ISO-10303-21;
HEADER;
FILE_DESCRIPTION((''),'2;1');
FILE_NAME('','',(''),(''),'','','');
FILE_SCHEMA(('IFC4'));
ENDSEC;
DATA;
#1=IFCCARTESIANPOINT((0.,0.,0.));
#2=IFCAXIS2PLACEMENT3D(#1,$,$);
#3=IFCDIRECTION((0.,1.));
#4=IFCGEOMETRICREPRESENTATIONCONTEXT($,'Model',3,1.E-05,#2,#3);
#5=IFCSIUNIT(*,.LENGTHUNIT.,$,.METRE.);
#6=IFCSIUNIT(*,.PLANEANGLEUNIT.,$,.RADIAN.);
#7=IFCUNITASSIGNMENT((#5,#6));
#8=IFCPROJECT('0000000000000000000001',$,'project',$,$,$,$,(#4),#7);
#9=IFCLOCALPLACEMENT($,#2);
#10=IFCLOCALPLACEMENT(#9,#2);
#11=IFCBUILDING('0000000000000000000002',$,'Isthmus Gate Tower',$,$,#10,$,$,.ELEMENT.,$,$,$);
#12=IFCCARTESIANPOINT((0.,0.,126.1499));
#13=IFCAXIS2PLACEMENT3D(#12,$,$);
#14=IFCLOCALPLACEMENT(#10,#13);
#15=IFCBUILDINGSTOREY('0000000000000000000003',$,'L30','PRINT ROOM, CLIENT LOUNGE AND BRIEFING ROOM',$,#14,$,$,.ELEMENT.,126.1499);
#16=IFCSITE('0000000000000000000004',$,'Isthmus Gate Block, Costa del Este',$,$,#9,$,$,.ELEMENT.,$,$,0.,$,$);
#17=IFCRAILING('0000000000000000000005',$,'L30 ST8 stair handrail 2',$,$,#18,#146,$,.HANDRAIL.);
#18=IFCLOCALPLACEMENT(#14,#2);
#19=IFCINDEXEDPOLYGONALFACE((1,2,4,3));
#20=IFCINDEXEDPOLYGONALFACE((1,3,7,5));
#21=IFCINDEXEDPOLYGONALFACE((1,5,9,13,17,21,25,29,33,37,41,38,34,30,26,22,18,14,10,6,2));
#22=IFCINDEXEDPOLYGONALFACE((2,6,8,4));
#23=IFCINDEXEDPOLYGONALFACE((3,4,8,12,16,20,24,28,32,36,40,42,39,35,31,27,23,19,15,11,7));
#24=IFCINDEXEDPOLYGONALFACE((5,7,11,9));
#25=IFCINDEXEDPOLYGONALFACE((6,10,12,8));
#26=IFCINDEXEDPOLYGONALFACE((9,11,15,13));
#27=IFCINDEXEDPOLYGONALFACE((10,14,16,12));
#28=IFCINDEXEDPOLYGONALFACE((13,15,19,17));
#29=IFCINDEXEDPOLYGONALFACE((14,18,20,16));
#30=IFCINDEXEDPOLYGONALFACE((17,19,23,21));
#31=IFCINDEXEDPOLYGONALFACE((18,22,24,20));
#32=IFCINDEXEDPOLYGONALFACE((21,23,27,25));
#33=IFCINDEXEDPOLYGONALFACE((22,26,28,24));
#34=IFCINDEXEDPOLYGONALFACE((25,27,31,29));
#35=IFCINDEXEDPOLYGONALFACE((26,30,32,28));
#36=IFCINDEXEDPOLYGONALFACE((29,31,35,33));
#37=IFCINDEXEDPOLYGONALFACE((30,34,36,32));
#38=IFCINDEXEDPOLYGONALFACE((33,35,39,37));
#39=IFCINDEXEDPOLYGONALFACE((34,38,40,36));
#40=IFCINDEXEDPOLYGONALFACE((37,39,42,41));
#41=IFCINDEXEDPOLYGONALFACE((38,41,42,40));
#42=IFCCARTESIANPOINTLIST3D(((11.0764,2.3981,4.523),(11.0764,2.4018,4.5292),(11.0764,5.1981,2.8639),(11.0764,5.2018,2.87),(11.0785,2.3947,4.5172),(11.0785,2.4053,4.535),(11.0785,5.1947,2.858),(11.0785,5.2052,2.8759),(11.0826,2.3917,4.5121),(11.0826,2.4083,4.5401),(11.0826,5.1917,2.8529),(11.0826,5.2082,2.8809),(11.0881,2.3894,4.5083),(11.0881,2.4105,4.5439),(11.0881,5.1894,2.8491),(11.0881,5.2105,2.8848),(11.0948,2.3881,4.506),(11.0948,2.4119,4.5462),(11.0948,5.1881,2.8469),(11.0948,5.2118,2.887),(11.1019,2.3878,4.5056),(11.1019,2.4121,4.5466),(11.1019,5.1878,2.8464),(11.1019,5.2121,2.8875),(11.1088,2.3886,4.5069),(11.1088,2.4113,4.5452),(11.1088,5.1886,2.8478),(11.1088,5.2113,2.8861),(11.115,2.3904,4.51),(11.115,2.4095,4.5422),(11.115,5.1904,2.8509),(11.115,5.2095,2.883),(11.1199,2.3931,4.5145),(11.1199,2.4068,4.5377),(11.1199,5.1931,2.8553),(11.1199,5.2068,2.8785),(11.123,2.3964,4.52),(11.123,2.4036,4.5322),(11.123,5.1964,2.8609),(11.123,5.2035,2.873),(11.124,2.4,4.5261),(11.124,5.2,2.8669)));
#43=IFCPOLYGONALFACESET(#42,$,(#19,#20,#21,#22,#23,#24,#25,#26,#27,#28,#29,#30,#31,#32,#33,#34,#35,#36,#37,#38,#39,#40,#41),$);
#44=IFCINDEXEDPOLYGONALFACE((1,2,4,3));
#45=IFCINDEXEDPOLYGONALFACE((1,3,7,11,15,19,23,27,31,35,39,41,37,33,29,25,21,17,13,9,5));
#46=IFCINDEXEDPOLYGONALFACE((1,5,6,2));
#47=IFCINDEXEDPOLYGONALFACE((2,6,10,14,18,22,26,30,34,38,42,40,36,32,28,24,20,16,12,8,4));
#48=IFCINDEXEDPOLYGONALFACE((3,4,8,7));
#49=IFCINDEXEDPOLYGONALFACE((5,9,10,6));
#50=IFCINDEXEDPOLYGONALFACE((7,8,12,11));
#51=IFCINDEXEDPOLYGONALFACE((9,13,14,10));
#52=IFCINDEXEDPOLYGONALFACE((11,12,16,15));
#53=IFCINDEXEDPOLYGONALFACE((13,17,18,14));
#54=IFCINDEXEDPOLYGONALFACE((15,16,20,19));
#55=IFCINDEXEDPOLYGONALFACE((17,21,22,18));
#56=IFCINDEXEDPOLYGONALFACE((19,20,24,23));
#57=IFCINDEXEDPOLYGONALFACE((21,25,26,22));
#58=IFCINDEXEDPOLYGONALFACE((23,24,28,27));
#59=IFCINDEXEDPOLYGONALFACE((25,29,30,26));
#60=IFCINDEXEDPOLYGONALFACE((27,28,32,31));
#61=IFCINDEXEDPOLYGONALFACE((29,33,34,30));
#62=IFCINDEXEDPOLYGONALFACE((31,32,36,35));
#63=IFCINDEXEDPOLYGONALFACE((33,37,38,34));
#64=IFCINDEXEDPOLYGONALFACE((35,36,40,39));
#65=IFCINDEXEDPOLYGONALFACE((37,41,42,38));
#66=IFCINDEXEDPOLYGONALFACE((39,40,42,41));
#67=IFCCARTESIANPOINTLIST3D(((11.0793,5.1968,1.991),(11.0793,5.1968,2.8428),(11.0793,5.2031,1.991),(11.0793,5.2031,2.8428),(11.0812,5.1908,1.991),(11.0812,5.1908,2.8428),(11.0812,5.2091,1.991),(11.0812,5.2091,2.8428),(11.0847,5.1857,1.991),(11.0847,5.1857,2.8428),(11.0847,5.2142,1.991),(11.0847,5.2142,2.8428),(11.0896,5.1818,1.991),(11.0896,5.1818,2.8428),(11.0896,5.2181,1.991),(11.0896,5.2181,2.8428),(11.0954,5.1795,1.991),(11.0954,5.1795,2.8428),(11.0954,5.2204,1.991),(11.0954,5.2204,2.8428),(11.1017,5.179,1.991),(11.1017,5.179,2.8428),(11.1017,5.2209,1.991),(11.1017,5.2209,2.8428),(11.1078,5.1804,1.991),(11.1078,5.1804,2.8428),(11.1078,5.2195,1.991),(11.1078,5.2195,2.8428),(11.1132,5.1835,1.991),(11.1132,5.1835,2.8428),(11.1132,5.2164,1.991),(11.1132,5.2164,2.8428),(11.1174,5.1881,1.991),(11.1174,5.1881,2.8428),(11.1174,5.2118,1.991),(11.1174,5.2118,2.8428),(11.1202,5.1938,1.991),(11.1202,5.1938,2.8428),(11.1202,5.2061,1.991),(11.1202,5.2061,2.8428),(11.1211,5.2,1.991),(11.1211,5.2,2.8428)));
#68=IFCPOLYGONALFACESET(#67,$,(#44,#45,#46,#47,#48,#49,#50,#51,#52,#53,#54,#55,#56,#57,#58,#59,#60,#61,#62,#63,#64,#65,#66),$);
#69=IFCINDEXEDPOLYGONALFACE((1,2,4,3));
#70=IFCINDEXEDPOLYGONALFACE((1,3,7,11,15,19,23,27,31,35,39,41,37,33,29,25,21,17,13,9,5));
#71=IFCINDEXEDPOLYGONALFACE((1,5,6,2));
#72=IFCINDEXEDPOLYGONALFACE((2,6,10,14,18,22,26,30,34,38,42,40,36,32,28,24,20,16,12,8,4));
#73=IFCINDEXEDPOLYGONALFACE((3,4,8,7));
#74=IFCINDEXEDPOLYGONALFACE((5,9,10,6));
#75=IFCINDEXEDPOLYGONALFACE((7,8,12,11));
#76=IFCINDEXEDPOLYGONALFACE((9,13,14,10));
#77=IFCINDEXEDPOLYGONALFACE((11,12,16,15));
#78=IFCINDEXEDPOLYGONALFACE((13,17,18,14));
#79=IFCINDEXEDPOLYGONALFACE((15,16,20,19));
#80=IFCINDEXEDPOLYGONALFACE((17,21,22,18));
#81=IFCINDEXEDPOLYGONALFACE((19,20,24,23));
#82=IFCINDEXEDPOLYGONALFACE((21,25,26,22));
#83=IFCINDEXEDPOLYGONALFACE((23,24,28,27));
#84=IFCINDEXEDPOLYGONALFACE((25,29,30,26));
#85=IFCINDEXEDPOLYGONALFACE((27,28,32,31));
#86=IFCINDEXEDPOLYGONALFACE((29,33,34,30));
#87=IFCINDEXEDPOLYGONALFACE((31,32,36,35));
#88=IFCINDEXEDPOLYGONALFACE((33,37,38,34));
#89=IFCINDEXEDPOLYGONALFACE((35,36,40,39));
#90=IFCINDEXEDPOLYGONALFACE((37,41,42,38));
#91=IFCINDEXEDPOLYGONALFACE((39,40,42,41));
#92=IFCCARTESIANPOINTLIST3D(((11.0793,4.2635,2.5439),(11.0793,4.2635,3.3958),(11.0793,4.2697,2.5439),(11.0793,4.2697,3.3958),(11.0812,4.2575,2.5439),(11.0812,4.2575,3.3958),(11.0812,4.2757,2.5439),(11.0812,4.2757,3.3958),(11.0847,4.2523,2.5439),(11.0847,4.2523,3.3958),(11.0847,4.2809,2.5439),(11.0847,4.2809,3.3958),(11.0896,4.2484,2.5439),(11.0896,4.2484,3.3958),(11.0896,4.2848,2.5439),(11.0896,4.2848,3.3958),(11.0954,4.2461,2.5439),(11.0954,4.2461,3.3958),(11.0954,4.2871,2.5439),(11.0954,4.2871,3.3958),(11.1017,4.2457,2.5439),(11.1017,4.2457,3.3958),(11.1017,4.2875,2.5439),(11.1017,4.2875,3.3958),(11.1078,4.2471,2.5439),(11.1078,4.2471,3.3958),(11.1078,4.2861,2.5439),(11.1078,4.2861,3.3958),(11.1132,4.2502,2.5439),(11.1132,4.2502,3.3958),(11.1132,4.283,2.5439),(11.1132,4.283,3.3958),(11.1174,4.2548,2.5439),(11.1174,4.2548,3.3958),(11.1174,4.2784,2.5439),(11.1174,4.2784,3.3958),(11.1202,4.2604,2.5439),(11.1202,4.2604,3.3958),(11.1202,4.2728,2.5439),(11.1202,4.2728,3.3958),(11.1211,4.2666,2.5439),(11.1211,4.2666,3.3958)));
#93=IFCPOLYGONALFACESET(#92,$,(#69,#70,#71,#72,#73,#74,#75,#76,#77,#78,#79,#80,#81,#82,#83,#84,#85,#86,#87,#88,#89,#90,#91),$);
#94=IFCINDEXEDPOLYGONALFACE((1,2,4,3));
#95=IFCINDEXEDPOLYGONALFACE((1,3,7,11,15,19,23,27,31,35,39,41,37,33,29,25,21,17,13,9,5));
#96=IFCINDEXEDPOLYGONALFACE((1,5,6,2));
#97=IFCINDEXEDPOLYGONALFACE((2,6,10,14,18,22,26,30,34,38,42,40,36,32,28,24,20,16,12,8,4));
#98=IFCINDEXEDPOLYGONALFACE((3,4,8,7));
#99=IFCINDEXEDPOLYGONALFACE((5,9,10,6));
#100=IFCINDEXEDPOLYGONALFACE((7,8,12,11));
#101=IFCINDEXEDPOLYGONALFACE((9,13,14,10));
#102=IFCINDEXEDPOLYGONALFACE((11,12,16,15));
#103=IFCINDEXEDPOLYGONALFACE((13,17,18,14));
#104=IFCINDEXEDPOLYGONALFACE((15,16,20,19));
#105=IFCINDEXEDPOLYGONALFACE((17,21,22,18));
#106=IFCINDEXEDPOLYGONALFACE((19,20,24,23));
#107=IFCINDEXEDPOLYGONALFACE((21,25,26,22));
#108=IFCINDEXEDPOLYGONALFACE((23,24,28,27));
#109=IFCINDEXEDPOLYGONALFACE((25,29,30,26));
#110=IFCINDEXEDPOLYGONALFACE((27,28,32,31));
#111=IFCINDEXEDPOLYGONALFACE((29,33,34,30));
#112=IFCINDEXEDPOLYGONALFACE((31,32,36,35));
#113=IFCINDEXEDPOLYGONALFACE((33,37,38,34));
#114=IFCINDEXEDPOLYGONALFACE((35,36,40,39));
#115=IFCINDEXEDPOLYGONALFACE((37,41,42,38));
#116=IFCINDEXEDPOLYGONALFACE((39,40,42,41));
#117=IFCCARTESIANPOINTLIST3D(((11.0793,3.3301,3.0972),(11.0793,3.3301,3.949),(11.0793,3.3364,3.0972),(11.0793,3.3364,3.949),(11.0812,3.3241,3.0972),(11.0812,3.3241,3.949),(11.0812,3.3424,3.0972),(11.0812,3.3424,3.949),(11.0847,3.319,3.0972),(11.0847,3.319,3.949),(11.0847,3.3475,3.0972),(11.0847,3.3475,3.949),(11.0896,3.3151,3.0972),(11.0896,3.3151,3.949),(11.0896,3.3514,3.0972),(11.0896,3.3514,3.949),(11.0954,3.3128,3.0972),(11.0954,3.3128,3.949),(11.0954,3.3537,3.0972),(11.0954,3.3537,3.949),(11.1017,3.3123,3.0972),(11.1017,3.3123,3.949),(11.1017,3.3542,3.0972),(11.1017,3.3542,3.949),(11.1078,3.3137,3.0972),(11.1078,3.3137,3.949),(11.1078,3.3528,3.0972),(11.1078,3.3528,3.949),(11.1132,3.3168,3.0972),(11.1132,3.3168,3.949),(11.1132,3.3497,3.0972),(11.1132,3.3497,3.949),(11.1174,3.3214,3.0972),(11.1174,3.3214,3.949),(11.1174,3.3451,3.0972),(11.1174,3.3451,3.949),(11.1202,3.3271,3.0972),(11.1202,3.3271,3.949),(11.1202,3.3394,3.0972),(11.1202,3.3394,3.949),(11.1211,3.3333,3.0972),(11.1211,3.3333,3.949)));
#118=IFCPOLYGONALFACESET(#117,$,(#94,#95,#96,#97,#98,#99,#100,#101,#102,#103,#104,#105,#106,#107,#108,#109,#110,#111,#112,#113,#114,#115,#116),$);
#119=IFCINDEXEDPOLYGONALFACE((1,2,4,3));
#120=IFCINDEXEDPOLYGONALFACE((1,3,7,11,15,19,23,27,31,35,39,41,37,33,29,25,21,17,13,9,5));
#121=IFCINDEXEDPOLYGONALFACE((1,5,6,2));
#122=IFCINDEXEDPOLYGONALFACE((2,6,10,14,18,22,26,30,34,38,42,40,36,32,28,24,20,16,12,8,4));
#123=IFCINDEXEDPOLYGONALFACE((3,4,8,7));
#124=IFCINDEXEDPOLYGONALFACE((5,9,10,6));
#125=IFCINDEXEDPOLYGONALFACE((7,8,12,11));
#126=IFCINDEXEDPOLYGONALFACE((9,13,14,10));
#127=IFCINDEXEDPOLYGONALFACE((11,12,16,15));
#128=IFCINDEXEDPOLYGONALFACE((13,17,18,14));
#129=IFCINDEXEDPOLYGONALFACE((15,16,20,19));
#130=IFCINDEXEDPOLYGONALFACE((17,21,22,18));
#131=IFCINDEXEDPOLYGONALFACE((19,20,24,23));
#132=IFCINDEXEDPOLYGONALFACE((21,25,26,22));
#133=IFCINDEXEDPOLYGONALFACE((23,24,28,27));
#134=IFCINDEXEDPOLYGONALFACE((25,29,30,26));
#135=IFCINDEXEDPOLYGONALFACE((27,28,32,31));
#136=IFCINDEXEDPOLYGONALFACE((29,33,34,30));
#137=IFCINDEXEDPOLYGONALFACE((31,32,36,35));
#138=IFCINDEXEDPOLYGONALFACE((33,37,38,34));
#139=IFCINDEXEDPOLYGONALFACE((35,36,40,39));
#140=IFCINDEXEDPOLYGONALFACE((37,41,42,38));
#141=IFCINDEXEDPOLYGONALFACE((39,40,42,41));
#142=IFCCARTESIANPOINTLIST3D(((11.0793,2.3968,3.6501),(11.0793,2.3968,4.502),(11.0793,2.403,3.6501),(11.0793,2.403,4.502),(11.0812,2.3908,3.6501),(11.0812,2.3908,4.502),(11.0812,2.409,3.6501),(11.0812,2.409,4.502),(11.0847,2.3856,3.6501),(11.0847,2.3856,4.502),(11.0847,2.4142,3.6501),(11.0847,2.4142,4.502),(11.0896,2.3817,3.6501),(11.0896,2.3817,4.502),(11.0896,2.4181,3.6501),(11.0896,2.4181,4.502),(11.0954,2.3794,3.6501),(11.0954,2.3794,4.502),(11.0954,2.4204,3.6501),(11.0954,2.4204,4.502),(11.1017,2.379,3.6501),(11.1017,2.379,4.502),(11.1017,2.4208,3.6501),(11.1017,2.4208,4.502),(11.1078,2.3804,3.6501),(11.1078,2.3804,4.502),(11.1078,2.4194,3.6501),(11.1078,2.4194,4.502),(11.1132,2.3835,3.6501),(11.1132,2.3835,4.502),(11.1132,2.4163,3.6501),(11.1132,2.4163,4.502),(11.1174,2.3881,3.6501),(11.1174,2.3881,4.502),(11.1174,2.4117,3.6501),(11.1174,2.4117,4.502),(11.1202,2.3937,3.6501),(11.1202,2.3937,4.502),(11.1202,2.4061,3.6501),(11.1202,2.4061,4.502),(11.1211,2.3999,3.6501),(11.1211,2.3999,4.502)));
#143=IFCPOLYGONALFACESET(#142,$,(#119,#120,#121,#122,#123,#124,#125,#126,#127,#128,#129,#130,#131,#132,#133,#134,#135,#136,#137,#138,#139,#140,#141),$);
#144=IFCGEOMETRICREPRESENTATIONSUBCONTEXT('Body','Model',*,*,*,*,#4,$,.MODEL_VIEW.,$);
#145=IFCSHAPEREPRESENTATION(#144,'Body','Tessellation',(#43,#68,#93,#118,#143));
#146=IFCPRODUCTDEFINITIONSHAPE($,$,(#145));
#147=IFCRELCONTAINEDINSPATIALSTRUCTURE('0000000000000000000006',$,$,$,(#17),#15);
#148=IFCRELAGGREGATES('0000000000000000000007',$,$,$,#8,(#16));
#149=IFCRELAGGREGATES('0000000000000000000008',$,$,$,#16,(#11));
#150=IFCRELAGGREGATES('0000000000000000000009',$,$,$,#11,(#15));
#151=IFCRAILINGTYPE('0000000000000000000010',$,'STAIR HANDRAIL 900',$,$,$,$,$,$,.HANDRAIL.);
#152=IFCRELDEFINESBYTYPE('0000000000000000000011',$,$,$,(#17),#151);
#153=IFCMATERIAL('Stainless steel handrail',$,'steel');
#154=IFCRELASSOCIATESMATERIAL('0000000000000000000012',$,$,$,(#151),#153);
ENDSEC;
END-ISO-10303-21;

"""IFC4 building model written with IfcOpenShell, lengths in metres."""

from ifc_helpers import new_model, si_unit, direction, frame, origin, origin_2d, place, context, subcontext, project, spatial, circle, extrude, material, type_object, element, save


model = new_model("IFC4")

# Units and contexts
model_context = context("Model", 3, precision=1e-05, world=origin(), true_north=direction((0.0, 1.0)))
body_context = subcontext(model_context, "Body", "Model", "MODEL_VIEW")
ifc_project = project(units=[si_unit("LENGTHUNIT", "METRE"), si_unit("PLANEANGLEUNIT", "RADIAN")], contexts=[model_context])

# Site, building, storey
site_placement = place(None, origin())
site = spatial("IfcSite", under=ifc_project, at=site_placement, Name="Isthmus Gate Block, Costa del Este", CompositionType="ELEMENT", RefElevation=0.0)
building_placement = place(site_placement, origin())
building = spatial("IfcBuilding", under=site, at=building_placement, Name="Isthmus Gate Tower", CompositionType="ELEMENT")
storey_placement = place(building_placement, frame((0.0, 0.0, 126.1499)))
storey = spatial("IfcBuildingStorey", under=building, at=storey_placement, Name="L30", Description="PRINT ROOM, CLIENT LOUNGE AND BRIEFING ROOM", CompositionType="ELEMENT", Elevation=126.1499)

# Railing
ifc_material_1 = material(Name="Stainless steel handrail", Category="steel")
railing_type_1 = type_object("IfcRailingType", Name="STAIR HANDRAIL 900", PredefinedType="HANDRAIL", material=ifc_material_1)
railing_1_placement = place(storey_placement, frame((11.1001, 5.2, 1.991)))
element("IfcRailing", 1, at=railing_1_placement, inside=storey, type_object=railing_type_1, Name="L30 ST8 stair handrail 2", PredefinedType="HANDRAIL", context=body_context, shape_type="SweptSolid", body=[
    extrude(circle(Radius=0.0239, at=origin_2d()), frame((0.0, 0.0, 0.876), z_axis=(0.0, -0.860306, 0.509778), x_axis=(1.0, 0.0, 0.0)), (0.0, 0.0, 1.0), 3.2546),
    extrude(circle(Radius=0.021, at=origin_2d()), origin(), (0.0, 0.0, 1.0), 0.8518),
    extrude(circle(Radius=0.021, at=origin_2d()), frame((0.0, -0.9333, 0.553)), (0.0, 0.0, 1.0), 0.8518),
    extrude(circle(Radius=0.021, at=origin_2d()), frame((0.0, -1.8667, 1.1062)), (0.0, 0.0, 1.0), 0.8518),
    extrude(circle(Radius=0.021, at=origin_2d()), frame((0.0, -2.8, 1.6592)), (0.0, 0.0, 1.0), 0.8518),
])

save(model, "model.ifc")
